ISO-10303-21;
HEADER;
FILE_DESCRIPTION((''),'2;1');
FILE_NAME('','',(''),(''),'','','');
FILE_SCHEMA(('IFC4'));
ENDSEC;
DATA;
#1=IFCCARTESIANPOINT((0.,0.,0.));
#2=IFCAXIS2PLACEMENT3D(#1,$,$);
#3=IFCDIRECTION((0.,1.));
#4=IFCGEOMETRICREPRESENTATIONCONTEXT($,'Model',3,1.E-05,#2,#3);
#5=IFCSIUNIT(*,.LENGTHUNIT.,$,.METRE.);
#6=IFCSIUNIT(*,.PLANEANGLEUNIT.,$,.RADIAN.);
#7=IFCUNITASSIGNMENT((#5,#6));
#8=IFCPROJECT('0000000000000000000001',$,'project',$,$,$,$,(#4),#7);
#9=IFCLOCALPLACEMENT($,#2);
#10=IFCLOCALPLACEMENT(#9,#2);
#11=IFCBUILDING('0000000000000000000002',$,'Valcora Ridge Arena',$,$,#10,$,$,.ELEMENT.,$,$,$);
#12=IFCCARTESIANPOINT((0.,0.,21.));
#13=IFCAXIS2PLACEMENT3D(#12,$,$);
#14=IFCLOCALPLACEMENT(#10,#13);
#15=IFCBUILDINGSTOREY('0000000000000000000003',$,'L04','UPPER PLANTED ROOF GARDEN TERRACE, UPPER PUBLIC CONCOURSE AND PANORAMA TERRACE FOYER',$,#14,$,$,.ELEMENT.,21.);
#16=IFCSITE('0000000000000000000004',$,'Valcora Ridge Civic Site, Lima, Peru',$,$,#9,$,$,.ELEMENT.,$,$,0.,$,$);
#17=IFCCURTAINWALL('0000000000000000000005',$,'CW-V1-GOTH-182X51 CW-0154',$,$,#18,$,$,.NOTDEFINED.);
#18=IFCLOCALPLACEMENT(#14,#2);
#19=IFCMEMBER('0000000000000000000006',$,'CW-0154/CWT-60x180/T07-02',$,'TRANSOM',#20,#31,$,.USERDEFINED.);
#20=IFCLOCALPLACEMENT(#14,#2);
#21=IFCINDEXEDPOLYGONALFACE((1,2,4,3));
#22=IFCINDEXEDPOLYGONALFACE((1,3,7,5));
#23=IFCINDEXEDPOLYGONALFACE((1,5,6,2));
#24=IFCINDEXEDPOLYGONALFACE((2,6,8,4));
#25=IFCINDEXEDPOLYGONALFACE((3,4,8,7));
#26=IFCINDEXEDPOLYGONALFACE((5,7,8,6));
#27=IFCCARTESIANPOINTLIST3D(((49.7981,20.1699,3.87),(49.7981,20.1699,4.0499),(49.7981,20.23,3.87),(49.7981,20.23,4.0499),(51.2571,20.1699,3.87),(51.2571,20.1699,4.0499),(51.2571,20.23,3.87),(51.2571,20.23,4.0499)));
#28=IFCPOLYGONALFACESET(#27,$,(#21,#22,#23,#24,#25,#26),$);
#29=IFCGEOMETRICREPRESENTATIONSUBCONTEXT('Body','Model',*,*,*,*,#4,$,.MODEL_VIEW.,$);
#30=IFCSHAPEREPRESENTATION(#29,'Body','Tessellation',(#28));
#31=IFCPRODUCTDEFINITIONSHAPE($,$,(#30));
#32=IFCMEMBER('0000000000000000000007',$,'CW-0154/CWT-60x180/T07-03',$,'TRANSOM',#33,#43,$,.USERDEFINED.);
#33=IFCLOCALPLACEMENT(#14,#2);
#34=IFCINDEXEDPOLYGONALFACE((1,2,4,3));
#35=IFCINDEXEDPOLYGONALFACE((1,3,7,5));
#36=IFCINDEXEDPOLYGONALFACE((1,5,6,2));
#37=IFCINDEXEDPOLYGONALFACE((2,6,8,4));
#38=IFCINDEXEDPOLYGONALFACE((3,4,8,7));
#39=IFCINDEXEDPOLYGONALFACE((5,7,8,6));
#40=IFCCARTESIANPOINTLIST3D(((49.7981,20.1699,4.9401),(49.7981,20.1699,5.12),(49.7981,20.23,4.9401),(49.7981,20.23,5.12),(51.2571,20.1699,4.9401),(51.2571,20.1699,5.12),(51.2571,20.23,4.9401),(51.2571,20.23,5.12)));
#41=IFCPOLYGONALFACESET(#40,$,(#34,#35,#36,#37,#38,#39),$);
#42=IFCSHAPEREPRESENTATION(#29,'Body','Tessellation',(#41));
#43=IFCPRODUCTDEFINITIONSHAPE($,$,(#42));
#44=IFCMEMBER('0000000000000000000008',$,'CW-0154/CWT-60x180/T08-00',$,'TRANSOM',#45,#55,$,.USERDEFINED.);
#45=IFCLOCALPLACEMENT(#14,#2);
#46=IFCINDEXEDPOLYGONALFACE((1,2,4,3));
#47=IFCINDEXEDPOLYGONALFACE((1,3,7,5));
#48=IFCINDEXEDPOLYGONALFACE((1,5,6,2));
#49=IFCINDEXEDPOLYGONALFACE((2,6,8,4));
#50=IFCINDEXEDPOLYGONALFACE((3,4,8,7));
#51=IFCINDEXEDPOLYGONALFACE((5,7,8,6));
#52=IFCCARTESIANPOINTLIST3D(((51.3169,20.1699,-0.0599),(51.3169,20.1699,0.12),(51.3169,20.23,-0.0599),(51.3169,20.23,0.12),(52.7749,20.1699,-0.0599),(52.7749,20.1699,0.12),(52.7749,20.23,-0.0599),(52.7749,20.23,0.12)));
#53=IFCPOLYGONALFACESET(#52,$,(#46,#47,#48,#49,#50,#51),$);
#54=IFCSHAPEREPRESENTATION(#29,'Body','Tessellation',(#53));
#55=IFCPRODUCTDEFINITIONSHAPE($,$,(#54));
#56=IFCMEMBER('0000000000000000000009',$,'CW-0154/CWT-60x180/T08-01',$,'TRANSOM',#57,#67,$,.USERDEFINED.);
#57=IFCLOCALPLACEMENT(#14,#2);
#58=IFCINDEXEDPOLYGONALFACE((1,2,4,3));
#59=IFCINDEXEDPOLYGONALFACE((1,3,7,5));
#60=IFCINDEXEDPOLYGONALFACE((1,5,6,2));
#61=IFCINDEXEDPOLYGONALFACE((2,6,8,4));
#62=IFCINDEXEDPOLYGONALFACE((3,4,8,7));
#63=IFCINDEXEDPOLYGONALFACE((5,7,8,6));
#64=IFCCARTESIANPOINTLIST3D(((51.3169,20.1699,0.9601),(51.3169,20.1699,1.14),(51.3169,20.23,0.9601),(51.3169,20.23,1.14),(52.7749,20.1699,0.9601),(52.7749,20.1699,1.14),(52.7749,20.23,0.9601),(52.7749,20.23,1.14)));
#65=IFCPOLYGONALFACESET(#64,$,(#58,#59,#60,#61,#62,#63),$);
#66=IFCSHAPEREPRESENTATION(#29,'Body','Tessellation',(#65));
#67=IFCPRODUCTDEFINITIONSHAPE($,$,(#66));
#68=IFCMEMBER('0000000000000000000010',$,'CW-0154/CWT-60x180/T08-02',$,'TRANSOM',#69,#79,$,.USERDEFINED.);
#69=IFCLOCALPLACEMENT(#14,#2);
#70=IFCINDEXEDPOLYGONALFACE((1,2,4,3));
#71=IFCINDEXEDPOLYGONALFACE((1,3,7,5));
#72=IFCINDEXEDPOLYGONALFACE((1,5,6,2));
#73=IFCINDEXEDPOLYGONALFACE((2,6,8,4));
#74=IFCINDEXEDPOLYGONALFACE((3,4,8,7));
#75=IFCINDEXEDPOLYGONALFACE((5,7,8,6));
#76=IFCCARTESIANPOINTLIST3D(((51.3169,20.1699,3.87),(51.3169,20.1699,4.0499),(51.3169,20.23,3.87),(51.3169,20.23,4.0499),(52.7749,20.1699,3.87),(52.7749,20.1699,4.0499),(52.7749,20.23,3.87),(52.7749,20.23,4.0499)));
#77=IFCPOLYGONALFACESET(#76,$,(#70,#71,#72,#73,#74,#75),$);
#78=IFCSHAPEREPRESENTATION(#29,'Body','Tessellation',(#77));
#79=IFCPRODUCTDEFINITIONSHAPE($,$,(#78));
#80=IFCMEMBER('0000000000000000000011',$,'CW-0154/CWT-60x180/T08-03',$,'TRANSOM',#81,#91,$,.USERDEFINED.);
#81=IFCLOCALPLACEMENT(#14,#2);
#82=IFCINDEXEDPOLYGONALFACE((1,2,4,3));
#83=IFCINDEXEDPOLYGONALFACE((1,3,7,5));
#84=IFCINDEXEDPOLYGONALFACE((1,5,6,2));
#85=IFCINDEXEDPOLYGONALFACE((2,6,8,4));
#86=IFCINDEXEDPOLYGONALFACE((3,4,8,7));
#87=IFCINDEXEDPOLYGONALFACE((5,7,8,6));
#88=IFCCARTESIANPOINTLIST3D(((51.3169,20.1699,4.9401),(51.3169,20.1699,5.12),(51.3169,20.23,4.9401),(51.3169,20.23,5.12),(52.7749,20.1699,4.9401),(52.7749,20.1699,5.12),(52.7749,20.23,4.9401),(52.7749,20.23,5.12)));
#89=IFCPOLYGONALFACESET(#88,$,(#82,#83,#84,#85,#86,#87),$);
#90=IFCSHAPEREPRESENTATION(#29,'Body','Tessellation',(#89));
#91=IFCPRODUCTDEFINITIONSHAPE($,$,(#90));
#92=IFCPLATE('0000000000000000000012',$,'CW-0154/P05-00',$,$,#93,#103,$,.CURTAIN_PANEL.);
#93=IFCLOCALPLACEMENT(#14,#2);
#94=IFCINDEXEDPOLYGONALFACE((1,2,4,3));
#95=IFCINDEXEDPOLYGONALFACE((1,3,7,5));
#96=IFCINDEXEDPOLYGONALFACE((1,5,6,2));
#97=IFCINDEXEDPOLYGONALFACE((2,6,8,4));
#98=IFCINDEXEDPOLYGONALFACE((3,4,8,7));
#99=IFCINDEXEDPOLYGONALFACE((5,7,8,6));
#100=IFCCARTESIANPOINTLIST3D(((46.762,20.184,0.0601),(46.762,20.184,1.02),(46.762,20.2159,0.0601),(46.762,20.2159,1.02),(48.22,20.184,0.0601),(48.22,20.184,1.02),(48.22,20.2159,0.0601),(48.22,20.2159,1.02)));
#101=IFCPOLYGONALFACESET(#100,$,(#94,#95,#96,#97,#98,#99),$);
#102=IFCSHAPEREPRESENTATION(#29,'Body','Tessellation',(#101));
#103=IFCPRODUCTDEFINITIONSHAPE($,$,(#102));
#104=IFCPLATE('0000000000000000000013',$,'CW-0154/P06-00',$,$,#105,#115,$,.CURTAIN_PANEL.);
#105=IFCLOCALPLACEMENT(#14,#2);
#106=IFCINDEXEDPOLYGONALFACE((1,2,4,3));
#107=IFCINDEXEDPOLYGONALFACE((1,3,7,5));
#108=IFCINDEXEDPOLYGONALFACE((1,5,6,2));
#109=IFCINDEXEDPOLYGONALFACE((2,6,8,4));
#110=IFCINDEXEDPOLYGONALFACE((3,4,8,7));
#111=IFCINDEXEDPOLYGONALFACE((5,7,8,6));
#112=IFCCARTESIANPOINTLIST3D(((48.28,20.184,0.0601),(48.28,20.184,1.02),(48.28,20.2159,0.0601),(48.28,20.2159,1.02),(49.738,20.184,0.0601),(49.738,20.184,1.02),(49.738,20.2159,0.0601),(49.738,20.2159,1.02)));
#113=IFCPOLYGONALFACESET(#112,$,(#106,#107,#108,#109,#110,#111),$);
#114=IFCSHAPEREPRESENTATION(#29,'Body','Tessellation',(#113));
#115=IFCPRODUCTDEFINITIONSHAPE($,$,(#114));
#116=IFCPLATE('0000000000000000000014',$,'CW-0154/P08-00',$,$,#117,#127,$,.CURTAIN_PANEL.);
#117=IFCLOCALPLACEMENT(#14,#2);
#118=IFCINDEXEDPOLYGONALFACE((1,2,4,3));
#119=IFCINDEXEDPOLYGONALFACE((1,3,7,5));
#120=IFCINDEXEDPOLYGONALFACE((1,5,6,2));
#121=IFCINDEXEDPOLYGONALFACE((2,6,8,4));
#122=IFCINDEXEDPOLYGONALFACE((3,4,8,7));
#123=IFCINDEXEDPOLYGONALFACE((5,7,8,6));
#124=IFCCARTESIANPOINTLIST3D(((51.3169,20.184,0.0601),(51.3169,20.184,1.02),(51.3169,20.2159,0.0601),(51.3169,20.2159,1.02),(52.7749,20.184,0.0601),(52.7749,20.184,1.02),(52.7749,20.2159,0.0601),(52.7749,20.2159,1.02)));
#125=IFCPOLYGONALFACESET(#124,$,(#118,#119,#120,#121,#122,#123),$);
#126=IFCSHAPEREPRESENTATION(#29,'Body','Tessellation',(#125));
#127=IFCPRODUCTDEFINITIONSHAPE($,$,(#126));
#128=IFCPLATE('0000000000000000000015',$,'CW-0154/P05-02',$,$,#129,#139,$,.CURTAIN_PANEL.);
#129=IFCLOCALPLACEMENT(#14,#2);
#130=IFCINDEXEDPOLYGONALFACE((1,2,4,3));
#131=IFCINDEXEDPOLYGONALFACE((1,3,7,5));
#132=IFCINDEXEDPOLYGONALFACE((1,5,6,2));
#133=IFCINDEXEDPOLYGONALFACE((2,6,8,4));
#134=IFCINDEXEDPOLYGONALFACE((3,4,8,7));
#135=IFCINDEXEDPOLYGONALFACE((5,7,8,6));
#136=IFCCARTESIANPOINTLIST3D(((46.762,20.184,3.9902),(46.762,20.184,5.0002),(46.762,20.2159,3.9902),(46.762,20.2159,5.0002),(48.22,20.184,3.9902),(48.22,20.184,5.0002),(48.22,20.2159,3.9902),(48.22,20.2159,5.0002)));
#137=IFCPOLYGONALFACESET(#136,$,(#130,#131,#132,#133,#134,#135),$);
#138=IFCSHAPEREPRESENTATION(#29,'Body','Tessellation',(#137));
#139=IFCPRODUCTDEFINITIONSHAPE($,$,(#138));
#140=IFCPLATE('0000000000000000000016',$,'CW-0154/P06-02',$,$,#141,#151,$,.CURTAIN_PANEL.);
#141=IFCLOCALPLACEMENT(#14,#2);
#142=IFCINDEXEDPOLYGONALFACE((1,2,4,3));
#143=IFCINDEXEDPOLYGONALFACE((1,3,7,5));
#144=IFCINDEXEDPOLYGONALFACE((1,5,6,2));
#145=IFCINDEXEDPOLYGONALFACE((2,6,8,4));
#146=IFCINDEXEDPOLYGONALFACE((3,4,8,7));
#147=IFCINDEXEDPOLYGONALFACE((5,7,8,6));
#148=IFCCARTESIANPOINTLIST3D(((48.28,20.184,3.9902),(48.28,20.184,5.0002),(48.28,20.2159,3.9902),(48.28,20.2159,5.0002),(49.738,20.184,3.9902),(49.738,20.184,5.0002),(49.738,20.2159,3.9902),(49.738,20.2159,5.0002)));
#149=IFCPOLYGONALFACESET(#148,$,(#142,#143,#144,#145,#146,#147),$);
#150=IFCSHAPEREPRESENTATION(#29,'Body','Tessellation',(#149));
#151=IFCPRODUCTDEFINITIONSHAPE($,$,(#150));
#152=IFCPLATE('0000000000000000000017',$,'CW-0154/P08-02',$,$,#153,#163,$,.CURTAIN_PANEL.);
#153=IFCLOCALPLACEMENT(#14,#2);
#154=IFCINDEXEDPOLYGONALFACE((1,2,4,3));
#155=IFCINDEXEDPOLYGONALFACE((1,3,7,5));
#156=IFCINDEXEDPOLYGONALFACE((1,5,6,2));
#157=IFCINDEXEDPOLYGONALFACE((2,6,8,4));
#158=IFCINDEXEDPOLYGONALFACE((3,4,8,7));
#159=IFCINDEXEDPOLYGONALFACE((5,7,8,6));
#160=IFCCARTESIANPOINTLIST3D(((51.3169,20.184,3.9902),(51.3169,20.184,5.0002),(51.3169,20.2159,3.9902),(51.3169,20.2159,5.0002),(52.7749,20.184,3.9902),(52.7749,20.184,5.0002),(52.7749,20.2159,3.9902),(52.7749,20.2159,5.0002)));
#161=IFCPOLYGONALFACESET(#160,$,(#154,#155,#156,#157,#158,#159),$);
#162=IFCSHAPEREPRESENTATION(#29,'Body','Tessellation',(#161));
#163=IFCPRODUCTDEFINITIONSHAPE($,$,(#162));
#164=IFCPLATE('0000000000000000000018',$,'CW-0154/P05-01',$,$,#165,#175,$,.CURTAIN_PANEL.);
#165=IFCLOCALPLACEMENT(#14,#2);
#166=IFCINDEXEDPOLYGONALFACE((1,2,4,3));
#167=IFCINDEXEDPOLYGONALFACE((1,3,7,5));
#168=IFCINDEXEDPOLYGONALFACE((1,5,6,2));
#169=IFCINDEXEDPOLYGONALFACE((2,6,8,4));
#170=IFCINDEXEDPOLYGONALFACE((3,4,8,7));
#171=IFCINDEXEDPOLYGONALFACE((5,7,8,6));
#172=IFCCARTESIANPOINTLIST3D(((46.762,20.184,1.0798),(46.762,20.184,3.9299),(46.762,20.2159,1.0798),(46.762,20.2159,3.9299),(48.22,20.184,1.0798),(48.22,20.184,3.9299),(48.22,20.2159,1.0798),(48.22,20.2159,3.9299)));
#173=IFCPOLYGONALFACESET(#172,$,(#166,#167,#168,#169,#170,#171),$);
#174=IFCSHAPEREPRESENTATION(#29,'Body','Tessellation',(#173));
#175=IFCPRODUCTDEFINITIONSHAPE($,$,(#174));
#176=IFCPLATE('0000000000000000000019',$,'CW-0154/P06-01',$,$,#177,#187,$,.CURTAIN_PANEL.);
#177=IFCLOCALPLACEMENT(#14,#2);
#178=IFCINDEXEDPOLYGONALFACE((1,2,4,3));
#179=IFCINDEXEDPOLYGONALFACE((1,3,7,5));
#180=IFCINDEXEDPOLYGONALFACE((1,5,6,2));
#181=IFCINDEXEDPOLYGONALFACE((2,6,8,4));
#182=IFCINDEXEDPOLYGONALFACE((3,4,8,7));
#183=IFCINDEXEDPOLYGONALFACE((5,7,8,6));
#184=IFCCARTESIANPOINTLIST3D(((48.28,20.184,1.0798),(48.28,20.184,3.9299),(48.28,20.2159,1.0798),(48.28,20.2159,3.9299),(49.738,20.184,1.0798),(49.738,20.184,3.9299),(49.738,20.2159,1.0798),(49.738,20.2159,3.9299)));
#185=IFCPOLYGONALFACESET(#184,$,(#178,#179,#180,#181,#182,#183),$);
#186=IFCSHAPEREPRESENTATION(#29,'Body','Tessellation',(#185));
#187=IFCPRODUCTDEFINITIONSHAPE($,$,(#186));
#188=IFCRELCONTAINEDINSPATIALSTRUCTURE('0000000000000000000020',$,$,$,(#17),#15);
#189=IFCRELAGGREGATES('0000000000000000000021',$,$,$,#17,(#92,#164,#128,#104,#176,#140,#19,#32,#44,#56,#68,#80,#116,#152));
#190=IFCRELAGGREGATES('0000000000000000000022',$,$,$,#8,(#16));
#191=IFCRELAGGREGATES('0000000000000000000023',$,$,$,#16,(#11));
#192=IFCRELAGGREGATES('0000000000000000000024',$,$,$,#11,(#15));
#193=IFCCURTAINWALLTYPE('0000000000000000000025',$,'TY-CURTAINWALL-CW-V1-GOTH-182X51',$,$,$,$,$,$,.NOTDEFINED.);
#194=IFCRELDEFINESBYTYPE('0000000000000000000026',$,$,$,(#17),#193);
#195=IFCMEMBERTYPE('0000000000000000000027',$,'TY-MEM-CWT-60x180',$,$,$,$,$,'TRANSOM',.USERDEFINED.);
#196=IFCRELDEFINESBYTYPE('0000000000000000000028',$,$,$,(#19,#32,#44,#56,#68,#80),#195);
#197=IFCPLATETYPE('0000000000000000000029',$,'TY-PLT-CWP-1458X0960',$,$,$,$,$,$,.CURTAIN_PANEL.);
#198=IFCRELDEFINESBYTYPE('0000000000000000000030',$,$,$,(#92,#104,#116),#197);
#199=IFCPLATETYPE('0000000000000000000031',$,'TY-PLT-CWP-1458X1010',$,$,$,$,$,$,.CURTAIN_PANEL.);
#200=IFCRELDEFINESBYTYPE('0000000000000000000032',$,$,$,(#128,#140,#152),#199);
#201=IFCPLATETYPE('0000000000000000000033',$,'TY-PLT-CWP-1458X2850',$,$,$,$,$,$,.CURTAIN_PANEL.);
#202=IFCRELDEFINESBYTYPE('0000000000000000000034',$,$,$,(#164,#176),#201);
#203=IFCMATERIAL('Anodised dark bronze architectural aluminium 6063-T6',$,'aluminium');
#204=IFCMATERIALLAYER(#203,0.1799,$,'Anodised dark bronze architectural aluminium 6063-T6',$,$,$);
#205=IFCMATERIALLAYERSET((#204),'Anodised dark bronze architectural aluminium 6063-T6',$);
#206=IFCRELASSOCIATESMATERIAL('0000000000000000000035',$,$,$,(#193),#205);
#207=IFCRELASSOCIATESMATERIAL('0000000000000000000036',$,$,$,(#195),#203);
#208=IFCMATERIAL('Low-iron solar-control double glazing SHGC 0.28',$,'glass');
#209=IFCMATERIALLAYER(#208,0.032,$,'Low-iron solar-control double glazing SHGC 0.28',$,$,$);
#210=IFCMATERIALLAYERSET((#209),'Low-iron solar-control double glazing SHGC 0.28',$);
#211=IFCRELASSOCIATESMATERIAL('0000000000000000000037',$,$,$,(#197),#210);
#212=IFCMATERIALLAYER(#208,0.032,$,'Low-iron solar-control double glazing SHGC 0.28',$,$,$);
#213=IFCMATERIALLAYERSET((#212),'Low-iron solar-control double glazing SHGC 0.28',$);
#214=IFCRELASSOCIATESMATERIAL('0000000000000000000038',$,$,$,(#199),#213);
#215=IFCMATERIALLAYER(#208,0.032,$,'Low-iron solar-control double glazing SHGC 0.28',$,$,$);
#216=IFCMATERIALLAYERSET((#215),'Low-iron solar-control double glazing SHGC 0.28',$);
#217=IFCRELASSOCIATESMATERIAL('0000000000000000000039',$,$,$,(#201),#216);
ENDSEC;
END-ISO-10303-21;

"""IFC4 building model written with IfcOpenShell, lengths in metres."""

from ifc_helpers import new_model, si_unit, direction, frame, origin, origin_2d, place, context, subcontext, project, spatial, rectangle, extrude, material, layer, layer_set, material_profile, profile_set, type_object, element, aggregate, save


model = new_model("IFC4")

# Units and contexts
model_context = context("Model", 3, precision=1e-05, world=origin(), true_north=direction((0.0, 1.0)))
body_context = subcontext(model_context, "Body", "Model", "MODEL_VIEW")
ifc_project = project(units=[si_unit("LENGTHUNIT", "METRE"), si_unit("PLANEANGLEUNIT", "RADIAN")], contexts=[model_context])

# Site, building, storey
site_placement = place(None, origin())
site = spatial("IfcSite", under=ifc_project, at=site_placement, Name="Valcora Ridge Civic Site, Lima, Peru", CompositionType="ELEMENT", RefElevation=0.0)
building_placement = place(site_placement, origin())
building = spatial("IfcBuilding", under=site, at=building_placement, Name="Valcora Ridge Arena", CompositionType="ELEMENT")
storey_placement = place(building_placement, frame((0.0, 0.0, 21.0)))
storey = spatial("IfcBuildingStorey", under=building, at=storey_placement, Name="L04", Description="UPPER PLANTED ROOF GARDEN TERRACE, UPPER PUBLIC CONCOURSE AND PANORAMA TERRACE FOYER", CompositionType="ELEMENT", Elevation=21.0)

# Curtain wall, members, plates
ifc_material_1 = material(Name="Anodised dark bronze architectural aluminium 6063-T6", Category="aluminium")
ifc_layer_1 = layer(ifc_material_1, 0.1799, Name="Anodised dark bronze architectural aluminium 6063-T6")
ifc_layer_set_1 = layer_set([ifc_layer_1], Name="Anodised dark bronze architectural aluminium 6063-T6")
curtain_wall_type = type_object("IfcCurtainWallType", Name="TY-CURTAINWALL-CW-V1-GOTH-182X51", PredefinedType="NOTDEFINED", material=ifc_layer_set_1)
curtain_wall_placement = place(storey_placement, origin())
curtain_wall = element("IfcCurtainWall", 1, at=curtain_wall_placement, inside=storey, type_object=curtain_wall_type, Name="CW-V1-GOTH-182X51 CW-0154", PredefinedType="NOTDEFINED")
ifc_material_profile_1 = material_profile(ifc_material_1, rectangle(XDim=0.0601, YDim=0.1799, at=origin_2d()), Name="ALU TRANSOM 60x180")
ifc_profile_set_1 = profile_set([ifc_material_profile_1], Name="Anodised dark bronze architectural aluminium 6063-T6")
member_type_1 = type_object("IfcMemberType", Name="TY-MEM-CWT-60x180", ElementType="TRANSOM", PredefinedType="USERDEFINED", material=ifc_profile_set_1)
member_1_placement = place(storey_placement, frame((49.7981, 20.2, 3.96), z_axis=(1.0, 0.0, 0.0), x_axis=(0.0, 1.0, 0.0)))
member_1 = element("IfcMember", 2, at=member_1_placement, type_object=member_type_1, Name="CW-0154/CWT-60x180/T07-02", ObjectType="TRANSOM", PredefinedType="USERDEFINED", context=body_context, shape_type="SweptSolid", body=[
    extrude(rectangle(XDim=0.0601, YDim=0.1799, at=origin_2d()), origin(), (0.0, 0.0, 1.0), 1.459),
])
member_2_placement = place(storey_placement, frame((49.7981, 20.2, 5.03), z_axis=(1.0, 0.0, 0.0), x_axis=(0.0, 1.0, 0.0)))
member_2 = element("IfcMember", 3, at=member_2_placement, type_object=member_type_1, Name="CW-0154/CWT-60x180/T07-03", ObjectType="TRANSOM", PredefinedType="USERDEFINED", context=body_context, shape_type="SweptSolid", body=[
    extrude(rectangle(XDim=0.0601, YDim=0.1799, at=origin_2d()), origin(), (0.0, 0.0, 1.0), 1.459),
])
member_3_placement = place(storey_placement, frame((51.3169, 20.2, 0.03), z_axis=(1.0, 0.0, 0.0), x_axis=(0.0, 1.0, 0.0)))
member_3 = element("IfcMember", 4, at=member_3_placement, type_object=member_type_1, Name="CW-0154/CWT-60x180/T08-00", ObjectType="TRANSOM", PredefinedType="USERDEFINED", context=body_context, shape_type="SweptSolid", body=[
    extrude(rectangle(XDim=0.0601, YDim=0.1799, at=origin_2d()), origin(), (0.0, 0.0, 1.0), 1.458),
])
member_4_placement = place(storey_placement, frame((51.3169, 20.2, 1.05), z_axis=(1.0, 0.0, 0.0), x_axis=(0.0, 1.0, 0.0)))
member_4 = element("IfcMember", 5, at=member_4_placement, type_object=member_type_1, Name="CW-0154/CWT-60x180/T08-01", ObjectType="TRANSOM", PredefinedType="USERDEFINED", context=body_context, shape_type="SweptSolid", body=[
    extrude(rectangle(XDim=0.0601, YDim=0.1799, at=origin_2d()), origin(), (0.0, 0.0, 1.0), 1.458),
])
member_5_placement = place(storey_placement, frame((51.3169, 20.2, 3.96), z_axis=(1.0, 0.0, 0.0), x_axis=(0.0, 1.0, 0.0)))
member_5 = element("IfcMember", 6, at=member_5_placement, type_object=member_type_1, Name="CW-0154/CWT-60x180/T08-02", ObjectType="TRANSOM", PredefinedType="USERDEFINED", context=body_context, shape_type="SweptSolid", body=[
    extrude(rectangle(XDim=0.0601, YDim=0.1799, at=origin_2d()), origin(), (0.0, 0.0, 1.0), 1.458),
])
member_6_placement = place(storey_placement, frame((51.3169, 20.2, 5.03), z_axis=(1.0, 0.0, 0.0), x_axis=(0.0, 1.0, 0.0)))
member_6 = element("IfcMember", 7, at=member_6_placement, type_object=member_type_1, Name="CW-0154/CWT-60x180/T08-03", ObjectType="TRANSOM", PredefinedType="USERDEFINED", context=body_context, shape_type="SweptSolid", body=[
    extrude(rectangle(XDim=0.0601, YDim=0.1799, at=origin_2d()), origin(), (0.0, 0.0, 1.0), 1.458),
])
ifc_material_2 = material(Name="Low-iron solar-control double glazing SHGC 0.28", Category="glass")
ifc_layer_2 = layer(ifc_material_2, 0.032, Name="Low-iron solar-control double glazing SHGC 0.28")
ifc_layer_set_2 = layer_set([ifc_layer_2], Name="Low-iron solar-control double glazing SHGC 0.28")
plate_type_1 = type_object("IfcPlateType", Name="TY-PLT-CWP-1458X0960", PredefinedType="CURTAIN_PANEL", material=ifc_layer_set_2)
plate_1_placement = place(storey_placement, frame((47.491, 20.2, 0.0601), z_axis=(0.0, 0.0, 1.0), x_axis=(1.0, 0.0, 0.0)))
plate_1 = element("IfcPlate", 8, at=plate_1_placement, type_object=plate_type_1, Name="CW-0154/P05-00", PredefinedType="CURTAIN_PANEL", context=body_context, shape_type="SweptSolid", body=[
    extrude(rectangle(XDim=1.458, YDim=0.032, at=origin_2d()), origin(), (0.0, 0.0, 1.0), 0.96),
])
plate_2_placement = place(storey_placement, frame((49.009, 20.2, 0.0601), z_axis=(0.0, 0.0, 1.0), x_axis=(1.0, 0.0, 0.0)))
plate_2 = element("IfcPlate", 9, at=plate_2_placement, type_object=plate_type_1, Name="CW-0154/P06-00", PredefinedType="CURTAIN_PANEL", context=body_context, shape_type="SweptSolid", body=[
    extrude(rectangle(XDim=1.458, YDim=0.032, at=origin_2d()), origin(), (0.0, 0.0, 1.0), 0.96),
])
plate_3_placement = place(storey_placement, frame((52.0459, 20.2, 0.0601), z_axis=(0.0, 0.0, 1.0), x_axis=(1.0, 0.0, 0.0)))
plate_3 = element("IfcPlate", 10, at=plate_3_placement, type_object=plate_type_1, Name="CW-0154/P08-00", PredefinedType="CURTAIN_PANEL", context=body_context, shape_type="SweptSolid", body=[
    extrude(rectangle(XDim=1.458, YDim=0.032, at=origin_2d()), origin(), (0.0, 0.0, 1.0), 0.96),
])
ifc_layer_3 = layer(ifc_material_2, 0.032, Name="Low-iron solar-control double glazing SHGC 0.28")
ifc_layer_set_3 = layer_set([ifc_layer_3], Name="Low-iron solar-control double glazing SHGC 0.28")
plate_type_2 = type_object("IfcPlateType", Name="TY-PLT-CWP-1458X1010", PredefinedType="CURTAIN_PANEL", material=ifc_layer_set_3)
plate_4_placement = place(storey_placement, frame((47.491, 20.2, 3.9902), z_axis=(0.0, 0.0, 1.0), x_axis=(1.0, 0.0, 0.0)))
plate_4 = element("IfcPlate", 11, at=plate_4_placement, type_object=plate_type_2, Name="CW-0154/P05-02", PredefinedType="CURTAIN_PANEL", context=body_context, shape_type="SweptSolid", body=[
    extrude(rectangle(XDim=1.458, YDim=0.032, at=origin_2d()), origin(), (0.0, 0.0, 1.0), 1.01),
])
plate_5_placement = place(storey_placement, frame((49.009, 20.2, 3.9902), z_axis=(0.0, 0.0, 1.0), x_axis=(1.0, 0.0, 0.0)))
plate_5 = element("IfcPlate", 12, at=plate_5_placement, type_object=plate_type_2, Name="CW-0154/P06-02", PredefinedType="CURTAIN_PANEL", context=body_context, shape_type="SweptSolid", body=[
    extrude(rectangle(XDim=1.458, YDim=0.032, at=origin_2d()), origin(), (0.0, 0.0, 1.0), 1.01),
])
plate_6_placement = place(storey_placement, frame((52.0459, 20.2, 3.9902), z_axis=(0.0, 0.0, 1.0), x_axis=(1.0, 0.0, 0.0)))
plate_6 = element("IfcPlate", 13, at=plate_6_placement, type_object=plate_type_2, Name="CW-0154/P08-02", PredefinedType="CURTAIN_PANEL", context=body_context, shape_type="SweptSolid", body=[
    extrude(rectangle(XDim=1.458, YDim=0.032, at=origin_2d()), origin(), (0.0, 0.0, 1.0), 1.01),
])
ifc_layer_4 = layer(ifc_material_2, 0.032, Name="Low-iron solar-control double glazing SHGC 0.28")
ifc_layer_set_4 = layer_set([ifc_layer_4], Name="Low-iron solar-control double glazing SHGC 0.28")
plate_type_3 = type_object("IfcPlateType", Name="TY-PLT-CWP-1458X2850", PredefinedType="CURTAIN_PANEL", material=ifc_layer_set_4)
plate_7_placement = place(storey_placement, frame((47.491, 20.2, 1.0798), z_axis=(0.0, 0.0, 1.0), x_axis=(1.0, 0.0, 0.0)))
plate_7 = element("IfcPlate", 14, at=plate_7_placement, type_object=plate_type_3, Name="CW-0154/P05-01", PredefinedType="CURTAIN_PANEL", context=body_context, shape_type="SweptSolid", body=[
    extrude(rectangle(XDim=1.458, YDim=0.032, at=origin_2d()), origin(), (0.0, 0.0, 1.0), 2.8501),
])
plate_8_placement = place(storey_placement, frame((49.009, 20.2, 1.0798), z_axis=(0.0, 0.0, 1.0), x_axis=(1.0, 0.0, 0.0)))
plate_8 = element("IfcPlate", 15, at=plate_8_placement, type_object=plate_type_3, Name="CW-0154/P06-01", PredefinedType="CURTAIN_PANEL", context=body_context, shape_type="SweptSolid", body=[
    extrude(rectangle(XDim=1.458, YDim=0.032, at=origin_2d()), origin(), (0.0, 0.0, 1.0), 2.8501),
])
aggregate(curtain_wall, [plate_1, plate_7, plate_4, plate_2, plate_8, plate_5, member_1, member_2, member_3, member_4, member_5, member_6, plate_3, plate_6])

save(model, "model.ifc")
